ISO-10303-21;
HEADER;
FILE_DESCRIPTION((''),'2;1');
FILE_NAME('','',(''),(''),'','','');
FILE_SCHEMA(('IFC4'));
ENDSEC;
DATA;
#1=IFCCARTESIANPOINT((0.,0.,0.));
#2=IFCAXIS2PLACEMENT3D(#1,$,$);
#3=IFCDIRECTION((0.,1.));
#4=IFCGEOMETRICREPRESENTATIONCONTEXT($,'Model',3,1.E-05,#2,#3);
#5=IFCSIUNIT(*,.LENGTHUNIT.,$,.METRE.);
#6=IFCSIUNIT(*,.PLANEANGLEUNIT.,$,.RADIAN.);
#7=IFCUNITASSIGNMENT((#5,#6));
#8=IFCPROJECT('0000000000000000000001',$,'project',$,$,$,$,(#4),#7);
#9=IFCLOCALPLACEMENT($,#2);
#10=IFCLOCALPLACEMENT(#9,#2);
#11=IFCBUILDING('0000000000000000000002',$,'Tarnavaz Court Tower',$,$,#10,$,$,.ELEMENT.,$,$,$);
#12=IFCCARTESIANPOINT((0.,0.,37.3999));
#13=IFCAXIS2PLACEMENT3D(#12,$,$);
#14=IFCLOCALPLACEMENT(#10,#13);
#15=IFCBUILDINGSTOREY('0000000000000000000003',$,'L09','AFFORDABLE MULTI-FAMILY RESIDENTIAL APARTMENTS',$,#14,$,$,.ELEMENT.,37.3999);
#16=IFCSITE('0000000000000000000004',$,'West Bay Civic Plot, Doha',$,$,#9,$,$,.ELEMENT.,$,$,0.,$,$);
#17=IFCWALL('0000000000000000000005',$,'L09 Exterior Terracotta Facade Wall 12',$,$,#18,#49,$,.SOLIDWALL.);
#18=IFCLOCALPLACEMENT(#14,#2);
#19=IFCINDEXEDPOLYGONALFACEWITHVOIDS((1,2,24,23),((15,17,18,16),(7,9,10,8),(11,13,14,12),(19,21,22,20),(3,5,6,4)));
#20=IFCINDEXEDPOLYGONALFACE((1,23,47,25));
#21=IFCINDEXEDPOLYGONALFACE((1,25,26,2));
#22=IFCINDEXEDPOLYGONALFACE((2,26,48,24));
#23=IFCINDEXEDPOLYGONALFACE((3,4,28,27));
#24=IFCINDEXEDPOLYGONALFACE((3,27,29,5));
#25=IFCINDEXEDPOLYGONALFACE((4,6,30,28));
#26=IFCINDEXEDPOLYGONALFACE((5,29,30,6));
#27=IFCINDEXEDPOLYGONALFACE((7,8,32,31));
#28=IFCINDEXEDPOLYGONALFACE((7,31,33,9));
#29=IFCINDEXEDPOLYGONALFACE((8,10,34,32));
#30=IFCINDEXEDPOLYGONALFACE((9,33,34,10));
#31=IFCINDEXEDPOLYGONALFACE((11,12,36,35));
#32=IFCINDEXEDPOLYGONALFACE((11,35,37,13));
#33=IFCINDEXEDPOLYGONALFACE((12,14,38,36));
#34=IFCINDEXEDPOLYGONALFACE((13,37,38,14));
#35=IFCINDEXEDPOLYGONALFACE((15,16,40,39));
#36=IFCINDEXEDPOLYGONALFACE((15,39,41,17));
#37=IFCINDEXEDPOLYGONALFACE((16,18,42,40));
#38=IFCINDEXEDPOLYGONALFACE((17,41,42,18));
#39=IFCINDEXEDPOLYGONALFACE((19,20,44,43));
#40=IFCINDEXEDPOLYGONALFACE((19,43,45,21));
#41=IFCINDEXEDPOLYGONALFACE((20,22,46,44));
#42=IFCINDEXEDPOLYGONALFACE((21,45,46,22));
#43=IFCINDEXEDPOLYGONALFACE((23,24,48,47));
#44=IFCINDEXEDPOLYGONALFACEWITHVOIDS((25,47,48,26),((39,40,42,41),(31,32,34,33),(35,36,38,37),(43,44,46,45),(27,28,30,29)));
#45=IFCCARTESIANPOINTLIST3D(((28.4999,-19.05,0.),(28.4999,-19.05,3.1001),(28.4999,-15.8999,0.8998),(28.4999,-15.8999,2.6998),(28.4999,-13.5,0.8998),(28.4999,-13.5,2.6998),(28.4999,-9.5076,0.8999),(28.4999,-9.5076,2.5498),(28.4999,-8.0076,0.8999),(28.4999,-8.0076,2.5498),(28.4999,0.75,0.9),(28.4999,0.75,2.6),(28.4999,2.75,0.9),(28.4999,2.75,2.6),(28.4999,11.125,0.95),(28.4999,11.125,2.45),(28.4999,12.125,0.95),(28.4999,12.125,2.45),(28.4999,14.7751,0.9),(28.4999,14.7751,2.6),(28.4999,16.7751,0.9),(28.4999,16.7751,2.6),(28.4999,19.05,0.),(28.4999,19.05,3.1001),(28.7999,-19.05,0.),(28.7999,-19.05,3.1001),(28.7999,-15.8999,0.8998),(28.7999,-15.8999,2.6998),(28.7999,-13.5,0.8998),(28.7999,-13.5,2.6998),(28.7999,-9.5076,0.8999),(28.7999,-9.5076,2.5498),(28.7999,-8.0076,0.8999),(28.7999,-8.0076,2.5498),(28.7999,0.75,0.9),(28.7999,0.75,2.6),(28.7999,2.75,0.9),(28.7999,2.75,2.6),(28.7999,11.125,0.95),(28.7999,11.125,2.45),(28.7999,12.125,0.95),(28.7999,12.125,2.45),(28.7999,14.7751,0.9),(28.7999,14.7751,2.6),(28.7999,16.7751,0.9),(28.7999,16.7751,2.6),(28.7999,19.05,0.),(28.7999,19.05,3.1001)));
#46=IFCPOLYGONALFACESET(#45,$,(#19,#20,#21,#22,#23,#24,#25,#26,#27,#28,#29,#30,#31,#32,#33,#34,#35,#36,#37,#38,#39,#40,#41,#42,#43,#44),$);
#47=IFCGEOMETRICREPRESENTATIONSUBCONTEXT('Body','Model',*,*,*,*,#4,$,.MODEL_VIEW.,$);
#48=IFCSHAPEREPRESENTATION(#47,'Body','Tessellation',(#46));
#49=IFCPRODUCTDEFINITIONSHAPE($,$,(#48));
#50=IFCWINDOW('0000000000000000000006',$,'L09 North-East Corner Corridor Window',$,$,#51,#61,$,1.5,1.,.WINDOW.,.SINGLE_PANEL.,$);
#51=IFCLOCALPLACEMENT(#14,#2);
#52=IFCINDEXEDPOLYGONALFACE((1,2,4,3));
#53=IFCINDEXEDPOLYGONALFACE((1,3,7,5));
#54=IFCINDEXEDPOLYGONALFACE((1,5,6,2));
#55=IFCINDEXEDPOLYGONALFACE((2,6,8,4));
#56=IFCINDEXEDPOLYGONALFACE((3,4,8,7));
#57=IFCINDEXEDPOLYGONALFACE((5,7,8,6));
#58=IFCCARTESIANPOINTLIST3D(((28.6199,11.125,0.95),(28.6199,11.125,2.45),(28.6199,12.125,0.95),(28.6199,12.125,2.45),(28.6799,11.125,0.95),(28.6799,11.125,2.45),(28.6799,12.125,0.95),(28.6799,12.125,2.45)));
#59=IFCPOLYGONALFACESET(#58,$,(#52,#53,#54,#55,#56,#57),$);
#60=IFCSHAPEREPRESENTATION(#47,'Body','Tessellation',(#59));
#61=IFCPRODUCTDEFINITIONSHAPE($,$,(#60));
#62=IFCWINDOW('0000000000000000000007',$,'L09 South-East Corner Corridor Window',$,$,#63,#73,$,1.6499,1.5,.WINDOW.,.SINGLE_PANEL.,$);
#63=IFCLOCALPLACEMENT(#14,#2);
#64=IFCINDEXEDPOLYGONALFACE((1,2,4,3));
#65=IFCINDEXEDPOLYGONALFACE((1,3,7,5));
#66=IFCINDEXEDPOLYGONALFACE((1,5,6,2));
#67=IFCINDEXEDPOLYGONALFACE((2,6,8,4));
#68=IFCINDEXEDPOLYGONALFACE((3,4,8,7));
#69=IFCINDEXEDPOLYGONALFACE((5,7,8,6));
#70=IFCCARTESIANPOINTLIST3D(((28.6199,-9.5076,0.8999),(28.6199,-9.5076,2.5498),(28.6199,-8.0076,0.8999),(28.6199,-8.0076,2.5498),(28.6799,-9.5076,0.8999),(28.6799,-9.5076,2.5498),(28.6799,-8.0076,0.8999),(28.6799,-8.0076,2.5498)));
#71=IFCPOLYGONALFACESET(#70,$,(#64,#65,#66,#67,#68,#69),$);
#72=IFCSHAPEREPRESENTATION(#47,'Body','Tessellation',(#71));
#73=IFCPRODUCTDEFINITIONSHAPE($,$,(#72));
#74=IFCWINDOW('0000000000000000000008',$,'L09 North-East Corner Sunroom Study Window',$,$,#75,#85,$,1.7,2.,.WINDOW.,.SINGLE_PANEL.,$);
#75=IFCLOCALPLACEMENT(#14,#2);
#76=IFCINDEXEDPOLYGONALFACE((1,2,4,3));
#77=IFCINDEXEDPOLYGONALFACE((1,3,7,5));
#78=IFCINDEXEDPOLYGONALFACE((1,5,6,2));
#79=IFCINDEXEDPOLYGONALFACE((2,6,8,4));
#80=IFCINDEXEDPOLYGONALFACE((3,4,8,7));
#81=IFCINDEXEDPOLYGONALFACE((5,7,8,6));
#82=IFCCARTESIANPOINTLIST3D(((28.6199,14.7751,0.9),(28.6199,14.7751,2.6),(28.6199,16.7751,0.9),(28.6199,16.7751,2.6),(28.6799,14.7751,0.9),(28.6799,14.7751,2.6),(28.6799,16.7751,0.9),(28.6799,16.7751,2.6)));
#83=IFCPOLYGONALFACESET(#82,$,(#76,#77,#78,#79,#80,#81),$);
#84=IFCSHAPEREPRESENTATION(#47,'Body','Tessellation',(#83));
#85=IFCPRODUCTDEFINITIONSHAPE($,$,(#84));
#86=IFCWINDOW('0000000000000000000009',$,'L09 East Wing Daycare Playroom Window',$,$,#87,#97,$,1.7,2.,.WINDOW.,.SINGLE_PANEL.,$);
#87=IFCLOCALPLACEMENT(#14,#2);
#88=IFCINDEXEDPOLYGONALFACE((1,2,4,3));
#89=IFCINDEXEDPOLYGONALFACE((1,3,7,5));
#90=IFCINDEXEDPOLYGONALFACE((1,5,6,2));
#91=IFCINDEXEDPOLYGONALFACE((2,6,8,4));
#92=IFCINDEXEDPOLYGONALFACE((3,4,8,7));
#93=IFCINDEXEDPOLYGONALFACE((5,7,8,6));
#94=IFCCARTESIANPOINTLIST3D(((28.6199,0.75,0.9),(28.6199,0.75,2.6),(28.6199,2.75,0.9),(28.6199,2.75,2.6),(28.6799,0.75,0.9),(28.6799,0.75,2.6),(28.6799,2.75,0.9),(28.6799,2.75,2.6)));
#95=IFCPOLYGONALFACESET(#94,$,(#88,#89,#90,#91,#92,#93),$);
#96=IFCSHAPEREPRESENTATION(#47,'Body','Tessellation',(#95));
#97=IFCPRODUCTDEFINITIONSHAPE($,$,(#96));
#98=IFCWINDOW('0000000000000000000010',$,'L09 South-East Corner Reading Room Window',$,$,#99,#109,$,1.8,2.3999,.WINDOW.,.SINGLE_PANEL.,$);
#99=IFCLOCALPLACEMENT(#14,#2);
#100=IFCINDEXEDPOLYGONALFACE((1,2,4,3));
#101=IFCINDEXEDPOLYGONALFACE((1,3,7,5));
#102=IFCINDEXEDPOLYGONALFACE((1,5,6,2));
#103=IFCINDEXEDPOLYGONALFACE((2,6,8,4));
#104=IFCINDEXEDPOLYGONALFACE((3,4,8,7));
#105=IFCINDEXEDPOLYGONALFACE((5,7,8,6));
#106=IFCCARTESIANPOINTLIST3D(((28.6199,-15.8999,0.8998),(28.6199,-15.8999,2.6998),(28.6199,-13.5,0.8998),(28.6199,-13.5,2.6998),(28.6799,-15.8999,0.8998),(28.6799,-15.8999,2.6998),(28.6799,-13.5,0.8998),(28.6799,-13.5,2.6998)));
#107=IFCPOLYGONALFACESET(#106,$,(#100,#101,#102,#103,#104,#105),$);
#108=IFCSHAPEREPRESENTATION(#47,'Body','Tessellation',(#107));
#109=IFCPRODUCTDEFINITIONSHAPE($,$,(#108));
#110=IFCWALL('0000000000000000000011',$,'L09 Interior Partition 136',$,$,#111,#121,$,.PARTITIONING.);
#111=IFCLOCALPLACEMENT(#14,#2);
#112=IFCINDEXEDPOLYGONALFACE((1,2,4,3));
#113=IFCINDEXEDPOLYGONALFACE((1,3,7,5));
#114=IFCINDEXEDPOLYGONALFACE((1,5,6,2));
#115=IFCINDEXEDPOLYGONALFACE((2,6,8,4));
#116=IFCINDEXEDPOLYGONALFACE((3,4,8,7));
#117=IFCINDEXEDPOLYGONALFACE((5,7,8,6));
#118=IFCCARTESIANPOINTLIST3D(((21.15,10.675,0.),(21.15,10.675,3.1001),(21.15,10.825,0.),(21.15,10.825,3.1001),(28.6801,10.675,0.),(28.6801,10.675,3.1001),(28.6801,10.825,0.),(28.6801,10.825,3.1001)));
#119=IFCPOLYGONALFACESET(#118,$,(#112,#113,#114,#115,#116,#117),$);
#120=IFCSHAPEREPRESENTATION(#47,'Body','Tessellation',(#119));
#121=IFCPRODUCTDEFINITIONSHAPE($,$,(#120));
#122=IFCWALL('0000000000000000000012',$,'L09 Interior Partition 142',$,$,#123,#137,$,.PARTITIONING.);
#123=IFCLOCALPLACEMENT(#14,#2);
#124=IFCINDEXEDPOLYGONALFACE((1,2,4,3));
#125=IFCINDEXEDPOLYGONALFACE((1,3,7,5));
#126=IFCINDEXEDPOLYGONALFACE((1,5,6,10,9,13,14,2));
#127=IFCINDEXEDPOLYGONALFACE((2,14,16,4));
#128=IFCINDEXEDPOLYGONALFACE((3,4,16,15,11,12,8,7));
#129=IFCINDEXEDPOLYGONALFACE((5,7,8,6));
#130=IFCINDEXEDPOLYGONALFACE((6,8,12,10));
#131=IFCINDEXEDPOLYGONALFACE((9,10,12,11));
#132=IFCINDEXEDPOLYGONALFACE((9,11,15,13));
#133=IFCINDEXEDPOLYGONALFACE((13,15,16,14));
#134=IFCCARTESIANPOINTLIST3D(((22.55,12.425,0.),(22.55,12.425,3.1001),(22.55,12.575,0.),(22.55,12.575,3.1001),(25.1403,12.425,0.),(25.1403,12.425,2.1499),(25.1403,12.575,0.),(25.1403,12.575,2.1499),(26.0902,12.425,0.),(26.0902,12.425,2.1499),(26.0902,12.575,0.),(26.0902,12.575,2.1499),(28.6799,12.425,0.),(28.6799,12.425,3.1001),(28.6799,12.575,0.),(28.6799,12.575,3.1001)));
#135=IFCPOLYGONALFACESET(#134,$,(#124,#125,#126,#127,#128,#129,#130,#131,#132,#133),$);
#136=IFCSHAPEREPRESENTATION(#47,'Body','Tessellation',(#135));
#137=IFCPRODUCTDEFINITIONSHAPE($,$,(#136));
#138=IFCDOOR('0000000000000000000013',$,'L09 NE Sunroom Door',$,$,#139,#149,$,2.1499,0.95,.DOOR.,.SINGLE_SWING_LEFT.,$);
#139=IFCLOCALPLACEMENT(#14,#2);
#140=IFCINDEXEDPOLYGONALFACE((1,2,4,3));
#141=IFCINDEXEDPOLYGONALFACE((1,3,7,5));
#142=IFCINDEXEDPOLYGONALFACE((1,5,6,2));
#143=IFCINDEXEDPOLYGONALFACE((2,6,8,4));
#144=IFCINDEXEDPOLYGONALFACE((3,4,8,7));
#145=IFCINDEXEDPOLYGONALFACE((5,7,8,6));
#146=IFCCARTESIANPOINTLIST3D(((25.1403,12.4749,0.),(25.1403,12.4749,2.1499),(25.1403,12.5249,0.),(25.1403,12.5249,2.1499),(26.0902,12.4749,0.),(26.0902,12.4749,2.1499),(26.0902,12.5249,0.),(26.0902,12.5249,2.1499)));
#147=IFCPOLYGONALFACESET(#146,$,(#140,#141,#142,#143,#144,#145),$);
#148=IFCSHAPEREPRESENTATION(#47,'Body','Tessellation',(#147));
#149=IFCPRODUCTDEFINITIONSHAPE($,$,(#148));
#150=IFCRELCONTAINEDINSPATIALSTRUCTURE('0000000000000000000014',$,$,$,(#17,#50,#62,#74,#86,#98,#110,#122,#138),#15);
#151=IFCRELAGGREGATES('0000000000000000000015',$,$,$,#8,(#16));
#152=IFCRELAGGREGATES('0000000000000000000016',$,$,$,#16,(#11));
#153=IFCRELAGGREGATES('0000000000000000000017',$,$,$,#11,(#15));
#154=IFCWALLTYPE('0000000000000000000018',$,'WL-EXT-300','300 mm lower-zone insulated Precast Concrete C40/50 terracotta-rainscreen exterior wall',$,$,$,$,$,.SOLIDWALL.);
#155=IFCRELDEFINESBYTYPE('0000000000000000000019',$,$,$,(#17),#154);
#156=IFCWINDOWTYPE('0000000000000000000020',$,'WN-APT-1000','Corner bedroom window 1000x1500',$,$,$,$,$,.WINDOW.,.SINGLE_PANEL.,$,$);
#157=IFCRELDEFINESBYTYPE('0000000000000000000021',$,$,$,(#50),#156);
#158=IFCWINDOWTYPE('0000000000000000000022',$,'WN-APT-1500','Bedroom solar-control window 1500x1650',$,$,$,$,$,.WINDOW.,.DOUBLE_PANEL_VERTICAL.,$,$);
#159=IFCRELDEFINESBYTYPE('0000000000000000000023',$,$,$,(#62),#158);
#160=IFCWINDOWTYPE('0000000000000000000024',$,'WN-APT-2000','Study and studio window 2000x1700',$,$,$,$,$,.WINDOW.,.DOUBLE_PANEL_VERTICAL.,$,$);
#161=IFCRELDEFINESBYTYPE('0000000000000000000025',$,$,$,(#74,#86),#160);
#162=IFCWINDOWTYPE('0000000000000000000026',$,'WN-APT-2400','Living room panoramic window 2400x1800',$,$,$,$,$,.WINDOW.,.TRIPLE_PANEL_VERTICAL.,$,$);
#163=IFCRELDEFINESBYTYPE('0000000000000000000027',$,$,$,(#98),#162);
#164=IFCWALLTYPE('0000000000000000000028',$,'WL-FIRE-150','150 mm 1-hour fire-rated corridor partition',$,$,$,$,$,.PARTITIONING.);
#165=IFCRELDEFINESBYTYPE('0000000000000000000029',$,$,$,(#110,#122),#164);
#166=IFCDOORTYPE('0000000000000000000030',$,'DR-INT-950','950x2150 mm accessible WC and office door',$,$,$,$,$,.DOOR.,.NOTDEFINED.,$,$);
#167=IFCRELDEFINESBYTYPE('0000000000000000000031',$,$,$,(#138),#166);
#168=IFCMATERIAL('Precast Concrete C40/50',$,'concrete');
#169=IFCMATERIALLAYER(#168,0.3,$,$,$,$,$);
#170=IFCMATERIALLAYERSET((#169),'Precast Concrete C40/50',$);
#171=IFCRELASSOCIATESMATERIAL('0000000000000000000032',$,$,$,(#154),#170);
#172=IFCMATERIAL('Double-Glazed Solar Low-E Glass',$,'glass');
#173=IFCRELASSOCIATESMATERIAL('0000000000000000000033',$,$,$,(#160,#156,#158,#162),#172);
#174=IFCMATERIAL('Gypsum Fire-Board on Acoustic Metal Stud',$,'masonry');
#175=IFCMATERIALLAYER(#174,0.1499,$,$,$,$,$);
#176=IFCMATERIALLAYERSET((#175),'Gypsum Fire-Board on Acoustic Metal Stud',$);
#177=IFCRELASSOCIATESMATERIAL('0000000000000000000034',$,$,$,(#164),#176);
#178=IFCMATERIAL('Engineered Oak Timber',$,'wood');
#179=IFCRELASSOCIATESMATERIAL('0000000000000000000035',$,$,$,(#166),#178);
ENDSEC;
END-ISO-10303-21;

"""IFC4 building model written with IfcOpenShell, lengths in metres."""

from ifc_helpers import new_model, si_unit, direction, frame, frame_2d, origin, place, context, subcontext, project, spatial, rectangle, extrude, material, layer, layer_set, type_object, element, fill, save


model = new_model("IFC4")

# Units and contexts
model_context = context("Model", 3, precision=1e-05, world=origin(), true_north=direction((0.0, 1.0)))
body_context = subcontext(model_context, "Body", "Model", "MODEL_VIEW")
ifc_project = project(units=[si_unit("LENGTHUNIT", "METRE"), si_unit("PLANEANGLEUNIT", "RADIAN")], contexts=[model_context])

# Site, building, storey
site_placement = place(None, origin())
site = spatial("IfcSite", under=ifc_project, at=site_placement, Name="West Bay Civic Plot, Doha", CompositionType="ELEMENT", RefElevation=0.0)
building_placement = place(site_placement, origin())
building = spatial("IfcBuilding", under=site, at=building_placement, Name="Tarnavaz Court Tower", CompositionType="ELEMENT")
storey_placement = place(building_placement, frame((0.0, 0.0, 37.3999)))
storey = spatial("IfcBuildingStorey", under=building, at=storey_placement, Name="L09", Description="AFFORDABLE MULTI-FAMILY RESIDENTIAL APARTMENTS", CompositionType="ELEMENT", Elevation=37.3999)

# Shared definitions
ifc_material_1 = material(Name="Precast Concrete C40/50", Category="concrete")
ifc_layer_1 = layer(ifc_material_1, 0.3)
ifc_layer_set_1 = layer_set([ifc_layer_1], Name="Precast Concrete C40/50")
wall_type_1 = type_object("IfcWallType", Name="WL-EXT-300", Description="300 mm lower-zone insulated Precast Concrete C40/50 terracotta-rainscreen exterior wall", PredefinedType="SOLIDWALL", material=ifc_layer_set_1)
ifc_material_2 = material(Name="Double-Glazed Solar Low-E Glass", Category="glass")
window_type_1 = type_object("IfcWindowType", Name="WN-APT-2000", Description="Study and studio window 2000x1700", PartitioningType="DOUBLE_PANEL_VERTICAL", PredefinedType="WINDOW", material=ifc_material_2)

# Wall, openings, windows
wall_1_placement = place(storey_placement, frame((28.6499, 19.05, 0.0), z_axis=(0.0, 0.0, 1.0), x_axis=(0.0, -1.0, 0.0)))
wall_1 = element("IfcWall", 1, at=wall_1_placement, inside=storey, type_object=wall_type_1, Name="L09 Exterior Terracotta Facade Wall 12", PredefinedType="SOLIDWALL", context=body_context, shape_type="SweptSolid", body=[
    extrude(rectangle(XDim=38.1001, YDim=0.3, at=frame_2d((19.05, 0.0))), origin(), (0.0, 0.0, 1.0), 3.1001),
])
opening_1_placement = place(wall_1_placement, frame((2.2749, 0.0, 0.8999)))
opening_1 = element("IfcOpeningElement", 2, at=opening_1_placement, cuts=wall_1, PredefinedType="OPENING", context=body_context, shape_type="SweptSolid", body=[
    extrude(rectangle(XDim=2.0, YDim=1.7, at=frame_2d((1.0, 0.8501))), frame((0.0, 0.1599, 0.0), z_axis=(0.0, -1.0, 0.0), x_axis=(1.0, 0.0, 0.0)), (0.0, 0.0, 1.0), 0.3201),
])
opening_2_placement = place(wall_1_placement, frame((6.925, 0.0, 0.95)))
opening_2 = element("IfcOpeningElement", 3, at=opening_2_placement, cuts=wall_1, PredefinedType="OPENING", context=body_context, shape_type="SweptSolid", body=[
    extrude(rectangle(XDim=1.0, YDim=1.5, at=frame_2d((0.5, 0.75))), frame((0.0, 0.1599, 0.0), z_axis=(0.0, -1.0, 0.0), x_axis=(1.0, 0.0, 0.0)), (0.0, 0.0, 1.0), 0.3201),
])
opening_3_placement = place(wall_1_placement, frame((16.3, 0.0, 0.8999)))
opening_3 = element("IfcOpeningElement", 4, at=opening_3_placement, cuts=wall_1, PredefinedType="OPENING", context=body_context, shape_type="SweptSolid", body=[
    extrude(rectangle(XDim=2.0, YDim=1.7, at=frame_2d((1.0, 0.8501))), frame((0.0, 0.1599, 0.0), z_axis=(0.0, -1.0, 0.0), x_axis=(1.0, 0.0, 0.0)), (0.0, 0.0, 1.0), 0.3201),
])
opening_4_placement = place(wall_1_placement, frame((27.0576, 0.0, 0.8999)))
opening_4 = element("IfcOpeningElement", 5, at=opening_4_placement, cuts=wall_1, PredefinedType="OPENING", context=body_context, shape_type="SweptSolid", body=[
    extrude(rectangle(XDim=1.5, YDim=1.6499, at=frame_2d((0.75, 0.825))), frame((0.0, 0.1599, 0.0), z_axis=(0.0, -1.0, 0.0), x_axis=(1.0, 0.0, 0.0)), (0.0, 0.0, 1.0), 0.3201),
])
opening_5_placement = place(wall_1_placement, frame((32.55, 0.0, 0.8999)))
opening_5 = element("IfcOpeningElement", 6, at=opening_5_placement, cuts=wall_1, PredefinedType="OPENING", context=body_context, shape_type="SweptSolid", body=[
    extrude(rectangle(XDim=2.3999, YDim=1.8, at=frame_2d((1.2, 0.8999))), frame((0.0, 0.1599, 0.0), z_axis=(0.0, -1.0, 0.0), x_axis=(1.0, 0.0, 0.0)), (0.0, 0.0, 1.0), 0.3201),
])
window_type_2 = type_object("IfcWindowType", Name="WN-APT-1000", Description="Corner bedroom window 1000x1500", PartitioningType="SINGLE_PANEL", PredefinedType="WINDOW", material=ifc_material_2)
window_1_placement = place(opening_2_placement, origin())
window_1 = element("IfcWindow", 7, at=window_1_placement, inside=storey, type_object=window_type_2, Name="L09 North-East Corner Corridor Window", OverallHeight=1.5, OverallWidth=1.0, PartitioningType="SINGLE_PANEL", PredefinedType="WINDOW", context=body_context, shape_type="SweptSolid", body=[
    extrude(rectangle(XDim=1.0, YDim=1.5, at=frame_2d((0.5, 0.75))), frame((0.0, 0.03, 0.0), z_axis=(0.0, -1.0, 0.0), x_axis=(1.0, 0.0, 0.0)), (0.0, 0.0, 1.0), 0.0601),
])
fill(opening_2, window_1)
window_type_3 = type_object("IfcWindowType", Name="WN-APT-1500", Description="Bedroom solar-control window 1500x1650", PartitioningType="DOUBLE_PANEL_VERTICAL", PredefinedType="WINDOW", material=ifc_material_2)
window_2_placement = place(opening_4_placement, origin())
window_2 = element("IfcWindow", 8, at=window_2_placement, inside=storey, type_object=window_type_3, Name="L09 South-East Corner Corridor Window", OverallHeight=1.6499, OverallWidth=1.5, PartitioningType="SINGLE_PANEL", PredefinedType="WINDOW", context=body_context, shape_type="SweptSolid", body=[
    extrude(rectangle(XDim=1.5, YDim=1.6499, at=frame_2d((0.75, 0.825))), frame((0.0, 0.03, 0.0), z_axis=(0.0, -1.0, 0.0), x_axis=(1.0, 0.0, 0.0)), (0.0, 0.0, 1.0), 0.0601),
])
fill(opening_4, window_2)
window_3_placement = place(opening_1_placement, origin())
window_3 = element("IfcWindow", 9, at=window_3_placement, inside=storey, type_object=window_type_1, Name="L09 North-East Corner Sunroom Study Window", OverallHeight=1.7, OverallWidth=2.0, PartitioningType="SINGLE_PANEL", PredefinedType="WINDOW", context=body_context, shape_type="SweptSolid", body=[
    extrude(rectangle(XDim=2.0, YDim=1.7, at=frame_2d((1.0, 0.8501))), frame((0.0, 0.03, 0.0), z_axis=(0.0, -1.0, 0.0), x_axis=(1.0, 0.0, 0.0)), (0.0, 0.0, 1.0), 0.0601),
])
fill(opening_1, window_3)
window_4_placement = place(opening_3_placement, origin())
window_4 = element("IfcWindow", 10, at=window_4_placement, inside=storey, type_object=window_type_1, Name="L09 East Wing Daycare Playroom Window", OverallHeight=1.7, OverallWidth=2.0, PartitioningType="SINGLE_PANEL", PredefinedType="WINDOW", context=body_context, shape_type="SweptSolid", body=[
    extrude(rectangle(XDim=2.0, YDim=1.7, at=frame_2d((1.0, 0.8501))), frame((0.0, 0.03, 0.0), z_axis=(0.0, -1.0, 0.0), x_axis=(1.0, 0.0, 0.0)), (0.0, 0.0, 1.0), 0.0601),
])
fill(opening_3, window_4)
window_type_4 = type_object("IfcWindowType", Name="WN-APT-2400", Description="Living room panoramic window 2400x1800", PartitioningType="TRIPLE_PANEL_VERTICAL", PredefinedType="WINDOW", material=ifc_material_2)
window_5_placement = place(opening_5_placement, origin())
window_5 = element("IfcWindow", 11, at=window_5_placement, inside=storey, type_object=window_type_4, Name="L09 South-East Corner Reading Room Window", OverallHeight=1.8, OverallWidth=2.3999, PartitioningType="SINGLE_PANEL", PredefinedType="WINDOW", context=body_context, shape_type="SweptSolid", body=[
    extrude(rectangle(XDim=2.3999, YDim=1.8, at=frame_2d((1.2, 0.8999))), frame((0.0, 0.03, 0.0), z_axis=(0.0, -1.0, 0.0), x_axis=(1.0, 0.0, 0.0)), (0.0, 0.0, 1.0), 0.0601),
])
fill(opening_5, window_5)

# Wall
ifc_material_3 = material(Name="Gypsum Fire-Board on Acoustic Metal Stud", Category="masonry")
ifc_layer_2 = layer(ifc_material_3, 0.1499)
ifc_layer_set_2 = layer_set([ifc_layer_2], Name="Gypsum Fire-Board on Acoustic Metal Stud")
wall_type_2 = type_object("IfcWallType", Name="WL-FIRE-150", Description="150 mm 1-hour fire-rated corridor partition", PredefinedType="PARTITIONING", material=ifc_layer_set_2)
wall_2_placement = place(storey_placement, frame((21.1499, 10.75, 0.0), z_axis=(0.0, 0.0, 1.0), x_axis=(1.0, 0.0, 0.0)))
element("IfcWall", 12, at=wall_2_placement, inside=storey, type_object=wall_type_2, Name="L09 Interior Partition 136", PredefinedType="PARTITIONING", context=body_context, shape_type="SweptSolid", body=[
    extrude(rectangle(XDim=7.53, YDim=0.1499, at=frame_2d((3.7651, 0.0))), origin(), (0.0, 0.0, 1.0), 3.1001),
])

# Wall, opening, door
wall_3_placement = place(storey_placement, frame((22.55, 12.5, 0.0), z_axis=(0.0, 0.0, 1.0), x_axis=(1.0, 0.0, 0.0)))
wall_3 = element("IfcWall", 13, at=wall_3_placement, inside=storey, type_object=wall_type_2, Name="L09 Interior Partition 142", PredefinedType="PARTITIONING", context=body_context, shape_type="SweptSolid", body=[
    extrude(rectangle(XDim=6.1299, YDim=0.1499, at=frame_2d((3.0649, 0.0))), origin(), (0.0, 0.0, 1.0), 3.1001),
])
opening_6_placement = place(wall_3_placement, frame((2.5901, 0.0, 0.0)))
opening_6 = element("IfcOpeningElement", 14, at=opening_6_placement, cuts=wall_3, PredefinedType="OPENING", context=body_context, shape_type="SweptSolid", body=[
    extrude(rectangle(XDim=0.95, YDim=2.1499, at=frame_2d((0.4751, 1.075))), frame((0.0, 0.085, 0.0), z_axis=(0.0, -1.0, 0.0), x_axis=(1.0, 0.0, 0.0)), (0.0, 0.0, 1.0), 0.1699),
])
ifc_material_4 = material(Name="Engineered Oak Timber", Category="wood")
door_type = type_object("IfcDoorType", Name="DR-INT-950", Description="950x2150 mm accessible WC and office door", OperationType="NOTDEFINED", PredefinedType="DOOR", material=ifc_material_4)
door_placement = place(opening_6_placement, origin())
door = element("IfcDoor", 15, at=door_placement, inside=storey, type_object=door_type, Name="L09 NE Sunroom Door", OperationType="SINGLE_SWING_LEFT", OverallHeight=2.1499, OverallWidth=0.95, PredefinedType="DOOR", context=body_context, shape_type="SweptSolid", body=[
    extrude(rectangle(XDim=0.95, YDim=2.1499, at=frame_2d((0.4751, 1.075))), frame((0.0, 0.0249, 0.0), z_axis=(0.0, -1.0, 0.0), x_axis=(1.0, 0.0, 0.0)), (0.0, 0.0, 1.0), 0.05),
])
fill(opening_6, door)

save(model, "model.ifc")
